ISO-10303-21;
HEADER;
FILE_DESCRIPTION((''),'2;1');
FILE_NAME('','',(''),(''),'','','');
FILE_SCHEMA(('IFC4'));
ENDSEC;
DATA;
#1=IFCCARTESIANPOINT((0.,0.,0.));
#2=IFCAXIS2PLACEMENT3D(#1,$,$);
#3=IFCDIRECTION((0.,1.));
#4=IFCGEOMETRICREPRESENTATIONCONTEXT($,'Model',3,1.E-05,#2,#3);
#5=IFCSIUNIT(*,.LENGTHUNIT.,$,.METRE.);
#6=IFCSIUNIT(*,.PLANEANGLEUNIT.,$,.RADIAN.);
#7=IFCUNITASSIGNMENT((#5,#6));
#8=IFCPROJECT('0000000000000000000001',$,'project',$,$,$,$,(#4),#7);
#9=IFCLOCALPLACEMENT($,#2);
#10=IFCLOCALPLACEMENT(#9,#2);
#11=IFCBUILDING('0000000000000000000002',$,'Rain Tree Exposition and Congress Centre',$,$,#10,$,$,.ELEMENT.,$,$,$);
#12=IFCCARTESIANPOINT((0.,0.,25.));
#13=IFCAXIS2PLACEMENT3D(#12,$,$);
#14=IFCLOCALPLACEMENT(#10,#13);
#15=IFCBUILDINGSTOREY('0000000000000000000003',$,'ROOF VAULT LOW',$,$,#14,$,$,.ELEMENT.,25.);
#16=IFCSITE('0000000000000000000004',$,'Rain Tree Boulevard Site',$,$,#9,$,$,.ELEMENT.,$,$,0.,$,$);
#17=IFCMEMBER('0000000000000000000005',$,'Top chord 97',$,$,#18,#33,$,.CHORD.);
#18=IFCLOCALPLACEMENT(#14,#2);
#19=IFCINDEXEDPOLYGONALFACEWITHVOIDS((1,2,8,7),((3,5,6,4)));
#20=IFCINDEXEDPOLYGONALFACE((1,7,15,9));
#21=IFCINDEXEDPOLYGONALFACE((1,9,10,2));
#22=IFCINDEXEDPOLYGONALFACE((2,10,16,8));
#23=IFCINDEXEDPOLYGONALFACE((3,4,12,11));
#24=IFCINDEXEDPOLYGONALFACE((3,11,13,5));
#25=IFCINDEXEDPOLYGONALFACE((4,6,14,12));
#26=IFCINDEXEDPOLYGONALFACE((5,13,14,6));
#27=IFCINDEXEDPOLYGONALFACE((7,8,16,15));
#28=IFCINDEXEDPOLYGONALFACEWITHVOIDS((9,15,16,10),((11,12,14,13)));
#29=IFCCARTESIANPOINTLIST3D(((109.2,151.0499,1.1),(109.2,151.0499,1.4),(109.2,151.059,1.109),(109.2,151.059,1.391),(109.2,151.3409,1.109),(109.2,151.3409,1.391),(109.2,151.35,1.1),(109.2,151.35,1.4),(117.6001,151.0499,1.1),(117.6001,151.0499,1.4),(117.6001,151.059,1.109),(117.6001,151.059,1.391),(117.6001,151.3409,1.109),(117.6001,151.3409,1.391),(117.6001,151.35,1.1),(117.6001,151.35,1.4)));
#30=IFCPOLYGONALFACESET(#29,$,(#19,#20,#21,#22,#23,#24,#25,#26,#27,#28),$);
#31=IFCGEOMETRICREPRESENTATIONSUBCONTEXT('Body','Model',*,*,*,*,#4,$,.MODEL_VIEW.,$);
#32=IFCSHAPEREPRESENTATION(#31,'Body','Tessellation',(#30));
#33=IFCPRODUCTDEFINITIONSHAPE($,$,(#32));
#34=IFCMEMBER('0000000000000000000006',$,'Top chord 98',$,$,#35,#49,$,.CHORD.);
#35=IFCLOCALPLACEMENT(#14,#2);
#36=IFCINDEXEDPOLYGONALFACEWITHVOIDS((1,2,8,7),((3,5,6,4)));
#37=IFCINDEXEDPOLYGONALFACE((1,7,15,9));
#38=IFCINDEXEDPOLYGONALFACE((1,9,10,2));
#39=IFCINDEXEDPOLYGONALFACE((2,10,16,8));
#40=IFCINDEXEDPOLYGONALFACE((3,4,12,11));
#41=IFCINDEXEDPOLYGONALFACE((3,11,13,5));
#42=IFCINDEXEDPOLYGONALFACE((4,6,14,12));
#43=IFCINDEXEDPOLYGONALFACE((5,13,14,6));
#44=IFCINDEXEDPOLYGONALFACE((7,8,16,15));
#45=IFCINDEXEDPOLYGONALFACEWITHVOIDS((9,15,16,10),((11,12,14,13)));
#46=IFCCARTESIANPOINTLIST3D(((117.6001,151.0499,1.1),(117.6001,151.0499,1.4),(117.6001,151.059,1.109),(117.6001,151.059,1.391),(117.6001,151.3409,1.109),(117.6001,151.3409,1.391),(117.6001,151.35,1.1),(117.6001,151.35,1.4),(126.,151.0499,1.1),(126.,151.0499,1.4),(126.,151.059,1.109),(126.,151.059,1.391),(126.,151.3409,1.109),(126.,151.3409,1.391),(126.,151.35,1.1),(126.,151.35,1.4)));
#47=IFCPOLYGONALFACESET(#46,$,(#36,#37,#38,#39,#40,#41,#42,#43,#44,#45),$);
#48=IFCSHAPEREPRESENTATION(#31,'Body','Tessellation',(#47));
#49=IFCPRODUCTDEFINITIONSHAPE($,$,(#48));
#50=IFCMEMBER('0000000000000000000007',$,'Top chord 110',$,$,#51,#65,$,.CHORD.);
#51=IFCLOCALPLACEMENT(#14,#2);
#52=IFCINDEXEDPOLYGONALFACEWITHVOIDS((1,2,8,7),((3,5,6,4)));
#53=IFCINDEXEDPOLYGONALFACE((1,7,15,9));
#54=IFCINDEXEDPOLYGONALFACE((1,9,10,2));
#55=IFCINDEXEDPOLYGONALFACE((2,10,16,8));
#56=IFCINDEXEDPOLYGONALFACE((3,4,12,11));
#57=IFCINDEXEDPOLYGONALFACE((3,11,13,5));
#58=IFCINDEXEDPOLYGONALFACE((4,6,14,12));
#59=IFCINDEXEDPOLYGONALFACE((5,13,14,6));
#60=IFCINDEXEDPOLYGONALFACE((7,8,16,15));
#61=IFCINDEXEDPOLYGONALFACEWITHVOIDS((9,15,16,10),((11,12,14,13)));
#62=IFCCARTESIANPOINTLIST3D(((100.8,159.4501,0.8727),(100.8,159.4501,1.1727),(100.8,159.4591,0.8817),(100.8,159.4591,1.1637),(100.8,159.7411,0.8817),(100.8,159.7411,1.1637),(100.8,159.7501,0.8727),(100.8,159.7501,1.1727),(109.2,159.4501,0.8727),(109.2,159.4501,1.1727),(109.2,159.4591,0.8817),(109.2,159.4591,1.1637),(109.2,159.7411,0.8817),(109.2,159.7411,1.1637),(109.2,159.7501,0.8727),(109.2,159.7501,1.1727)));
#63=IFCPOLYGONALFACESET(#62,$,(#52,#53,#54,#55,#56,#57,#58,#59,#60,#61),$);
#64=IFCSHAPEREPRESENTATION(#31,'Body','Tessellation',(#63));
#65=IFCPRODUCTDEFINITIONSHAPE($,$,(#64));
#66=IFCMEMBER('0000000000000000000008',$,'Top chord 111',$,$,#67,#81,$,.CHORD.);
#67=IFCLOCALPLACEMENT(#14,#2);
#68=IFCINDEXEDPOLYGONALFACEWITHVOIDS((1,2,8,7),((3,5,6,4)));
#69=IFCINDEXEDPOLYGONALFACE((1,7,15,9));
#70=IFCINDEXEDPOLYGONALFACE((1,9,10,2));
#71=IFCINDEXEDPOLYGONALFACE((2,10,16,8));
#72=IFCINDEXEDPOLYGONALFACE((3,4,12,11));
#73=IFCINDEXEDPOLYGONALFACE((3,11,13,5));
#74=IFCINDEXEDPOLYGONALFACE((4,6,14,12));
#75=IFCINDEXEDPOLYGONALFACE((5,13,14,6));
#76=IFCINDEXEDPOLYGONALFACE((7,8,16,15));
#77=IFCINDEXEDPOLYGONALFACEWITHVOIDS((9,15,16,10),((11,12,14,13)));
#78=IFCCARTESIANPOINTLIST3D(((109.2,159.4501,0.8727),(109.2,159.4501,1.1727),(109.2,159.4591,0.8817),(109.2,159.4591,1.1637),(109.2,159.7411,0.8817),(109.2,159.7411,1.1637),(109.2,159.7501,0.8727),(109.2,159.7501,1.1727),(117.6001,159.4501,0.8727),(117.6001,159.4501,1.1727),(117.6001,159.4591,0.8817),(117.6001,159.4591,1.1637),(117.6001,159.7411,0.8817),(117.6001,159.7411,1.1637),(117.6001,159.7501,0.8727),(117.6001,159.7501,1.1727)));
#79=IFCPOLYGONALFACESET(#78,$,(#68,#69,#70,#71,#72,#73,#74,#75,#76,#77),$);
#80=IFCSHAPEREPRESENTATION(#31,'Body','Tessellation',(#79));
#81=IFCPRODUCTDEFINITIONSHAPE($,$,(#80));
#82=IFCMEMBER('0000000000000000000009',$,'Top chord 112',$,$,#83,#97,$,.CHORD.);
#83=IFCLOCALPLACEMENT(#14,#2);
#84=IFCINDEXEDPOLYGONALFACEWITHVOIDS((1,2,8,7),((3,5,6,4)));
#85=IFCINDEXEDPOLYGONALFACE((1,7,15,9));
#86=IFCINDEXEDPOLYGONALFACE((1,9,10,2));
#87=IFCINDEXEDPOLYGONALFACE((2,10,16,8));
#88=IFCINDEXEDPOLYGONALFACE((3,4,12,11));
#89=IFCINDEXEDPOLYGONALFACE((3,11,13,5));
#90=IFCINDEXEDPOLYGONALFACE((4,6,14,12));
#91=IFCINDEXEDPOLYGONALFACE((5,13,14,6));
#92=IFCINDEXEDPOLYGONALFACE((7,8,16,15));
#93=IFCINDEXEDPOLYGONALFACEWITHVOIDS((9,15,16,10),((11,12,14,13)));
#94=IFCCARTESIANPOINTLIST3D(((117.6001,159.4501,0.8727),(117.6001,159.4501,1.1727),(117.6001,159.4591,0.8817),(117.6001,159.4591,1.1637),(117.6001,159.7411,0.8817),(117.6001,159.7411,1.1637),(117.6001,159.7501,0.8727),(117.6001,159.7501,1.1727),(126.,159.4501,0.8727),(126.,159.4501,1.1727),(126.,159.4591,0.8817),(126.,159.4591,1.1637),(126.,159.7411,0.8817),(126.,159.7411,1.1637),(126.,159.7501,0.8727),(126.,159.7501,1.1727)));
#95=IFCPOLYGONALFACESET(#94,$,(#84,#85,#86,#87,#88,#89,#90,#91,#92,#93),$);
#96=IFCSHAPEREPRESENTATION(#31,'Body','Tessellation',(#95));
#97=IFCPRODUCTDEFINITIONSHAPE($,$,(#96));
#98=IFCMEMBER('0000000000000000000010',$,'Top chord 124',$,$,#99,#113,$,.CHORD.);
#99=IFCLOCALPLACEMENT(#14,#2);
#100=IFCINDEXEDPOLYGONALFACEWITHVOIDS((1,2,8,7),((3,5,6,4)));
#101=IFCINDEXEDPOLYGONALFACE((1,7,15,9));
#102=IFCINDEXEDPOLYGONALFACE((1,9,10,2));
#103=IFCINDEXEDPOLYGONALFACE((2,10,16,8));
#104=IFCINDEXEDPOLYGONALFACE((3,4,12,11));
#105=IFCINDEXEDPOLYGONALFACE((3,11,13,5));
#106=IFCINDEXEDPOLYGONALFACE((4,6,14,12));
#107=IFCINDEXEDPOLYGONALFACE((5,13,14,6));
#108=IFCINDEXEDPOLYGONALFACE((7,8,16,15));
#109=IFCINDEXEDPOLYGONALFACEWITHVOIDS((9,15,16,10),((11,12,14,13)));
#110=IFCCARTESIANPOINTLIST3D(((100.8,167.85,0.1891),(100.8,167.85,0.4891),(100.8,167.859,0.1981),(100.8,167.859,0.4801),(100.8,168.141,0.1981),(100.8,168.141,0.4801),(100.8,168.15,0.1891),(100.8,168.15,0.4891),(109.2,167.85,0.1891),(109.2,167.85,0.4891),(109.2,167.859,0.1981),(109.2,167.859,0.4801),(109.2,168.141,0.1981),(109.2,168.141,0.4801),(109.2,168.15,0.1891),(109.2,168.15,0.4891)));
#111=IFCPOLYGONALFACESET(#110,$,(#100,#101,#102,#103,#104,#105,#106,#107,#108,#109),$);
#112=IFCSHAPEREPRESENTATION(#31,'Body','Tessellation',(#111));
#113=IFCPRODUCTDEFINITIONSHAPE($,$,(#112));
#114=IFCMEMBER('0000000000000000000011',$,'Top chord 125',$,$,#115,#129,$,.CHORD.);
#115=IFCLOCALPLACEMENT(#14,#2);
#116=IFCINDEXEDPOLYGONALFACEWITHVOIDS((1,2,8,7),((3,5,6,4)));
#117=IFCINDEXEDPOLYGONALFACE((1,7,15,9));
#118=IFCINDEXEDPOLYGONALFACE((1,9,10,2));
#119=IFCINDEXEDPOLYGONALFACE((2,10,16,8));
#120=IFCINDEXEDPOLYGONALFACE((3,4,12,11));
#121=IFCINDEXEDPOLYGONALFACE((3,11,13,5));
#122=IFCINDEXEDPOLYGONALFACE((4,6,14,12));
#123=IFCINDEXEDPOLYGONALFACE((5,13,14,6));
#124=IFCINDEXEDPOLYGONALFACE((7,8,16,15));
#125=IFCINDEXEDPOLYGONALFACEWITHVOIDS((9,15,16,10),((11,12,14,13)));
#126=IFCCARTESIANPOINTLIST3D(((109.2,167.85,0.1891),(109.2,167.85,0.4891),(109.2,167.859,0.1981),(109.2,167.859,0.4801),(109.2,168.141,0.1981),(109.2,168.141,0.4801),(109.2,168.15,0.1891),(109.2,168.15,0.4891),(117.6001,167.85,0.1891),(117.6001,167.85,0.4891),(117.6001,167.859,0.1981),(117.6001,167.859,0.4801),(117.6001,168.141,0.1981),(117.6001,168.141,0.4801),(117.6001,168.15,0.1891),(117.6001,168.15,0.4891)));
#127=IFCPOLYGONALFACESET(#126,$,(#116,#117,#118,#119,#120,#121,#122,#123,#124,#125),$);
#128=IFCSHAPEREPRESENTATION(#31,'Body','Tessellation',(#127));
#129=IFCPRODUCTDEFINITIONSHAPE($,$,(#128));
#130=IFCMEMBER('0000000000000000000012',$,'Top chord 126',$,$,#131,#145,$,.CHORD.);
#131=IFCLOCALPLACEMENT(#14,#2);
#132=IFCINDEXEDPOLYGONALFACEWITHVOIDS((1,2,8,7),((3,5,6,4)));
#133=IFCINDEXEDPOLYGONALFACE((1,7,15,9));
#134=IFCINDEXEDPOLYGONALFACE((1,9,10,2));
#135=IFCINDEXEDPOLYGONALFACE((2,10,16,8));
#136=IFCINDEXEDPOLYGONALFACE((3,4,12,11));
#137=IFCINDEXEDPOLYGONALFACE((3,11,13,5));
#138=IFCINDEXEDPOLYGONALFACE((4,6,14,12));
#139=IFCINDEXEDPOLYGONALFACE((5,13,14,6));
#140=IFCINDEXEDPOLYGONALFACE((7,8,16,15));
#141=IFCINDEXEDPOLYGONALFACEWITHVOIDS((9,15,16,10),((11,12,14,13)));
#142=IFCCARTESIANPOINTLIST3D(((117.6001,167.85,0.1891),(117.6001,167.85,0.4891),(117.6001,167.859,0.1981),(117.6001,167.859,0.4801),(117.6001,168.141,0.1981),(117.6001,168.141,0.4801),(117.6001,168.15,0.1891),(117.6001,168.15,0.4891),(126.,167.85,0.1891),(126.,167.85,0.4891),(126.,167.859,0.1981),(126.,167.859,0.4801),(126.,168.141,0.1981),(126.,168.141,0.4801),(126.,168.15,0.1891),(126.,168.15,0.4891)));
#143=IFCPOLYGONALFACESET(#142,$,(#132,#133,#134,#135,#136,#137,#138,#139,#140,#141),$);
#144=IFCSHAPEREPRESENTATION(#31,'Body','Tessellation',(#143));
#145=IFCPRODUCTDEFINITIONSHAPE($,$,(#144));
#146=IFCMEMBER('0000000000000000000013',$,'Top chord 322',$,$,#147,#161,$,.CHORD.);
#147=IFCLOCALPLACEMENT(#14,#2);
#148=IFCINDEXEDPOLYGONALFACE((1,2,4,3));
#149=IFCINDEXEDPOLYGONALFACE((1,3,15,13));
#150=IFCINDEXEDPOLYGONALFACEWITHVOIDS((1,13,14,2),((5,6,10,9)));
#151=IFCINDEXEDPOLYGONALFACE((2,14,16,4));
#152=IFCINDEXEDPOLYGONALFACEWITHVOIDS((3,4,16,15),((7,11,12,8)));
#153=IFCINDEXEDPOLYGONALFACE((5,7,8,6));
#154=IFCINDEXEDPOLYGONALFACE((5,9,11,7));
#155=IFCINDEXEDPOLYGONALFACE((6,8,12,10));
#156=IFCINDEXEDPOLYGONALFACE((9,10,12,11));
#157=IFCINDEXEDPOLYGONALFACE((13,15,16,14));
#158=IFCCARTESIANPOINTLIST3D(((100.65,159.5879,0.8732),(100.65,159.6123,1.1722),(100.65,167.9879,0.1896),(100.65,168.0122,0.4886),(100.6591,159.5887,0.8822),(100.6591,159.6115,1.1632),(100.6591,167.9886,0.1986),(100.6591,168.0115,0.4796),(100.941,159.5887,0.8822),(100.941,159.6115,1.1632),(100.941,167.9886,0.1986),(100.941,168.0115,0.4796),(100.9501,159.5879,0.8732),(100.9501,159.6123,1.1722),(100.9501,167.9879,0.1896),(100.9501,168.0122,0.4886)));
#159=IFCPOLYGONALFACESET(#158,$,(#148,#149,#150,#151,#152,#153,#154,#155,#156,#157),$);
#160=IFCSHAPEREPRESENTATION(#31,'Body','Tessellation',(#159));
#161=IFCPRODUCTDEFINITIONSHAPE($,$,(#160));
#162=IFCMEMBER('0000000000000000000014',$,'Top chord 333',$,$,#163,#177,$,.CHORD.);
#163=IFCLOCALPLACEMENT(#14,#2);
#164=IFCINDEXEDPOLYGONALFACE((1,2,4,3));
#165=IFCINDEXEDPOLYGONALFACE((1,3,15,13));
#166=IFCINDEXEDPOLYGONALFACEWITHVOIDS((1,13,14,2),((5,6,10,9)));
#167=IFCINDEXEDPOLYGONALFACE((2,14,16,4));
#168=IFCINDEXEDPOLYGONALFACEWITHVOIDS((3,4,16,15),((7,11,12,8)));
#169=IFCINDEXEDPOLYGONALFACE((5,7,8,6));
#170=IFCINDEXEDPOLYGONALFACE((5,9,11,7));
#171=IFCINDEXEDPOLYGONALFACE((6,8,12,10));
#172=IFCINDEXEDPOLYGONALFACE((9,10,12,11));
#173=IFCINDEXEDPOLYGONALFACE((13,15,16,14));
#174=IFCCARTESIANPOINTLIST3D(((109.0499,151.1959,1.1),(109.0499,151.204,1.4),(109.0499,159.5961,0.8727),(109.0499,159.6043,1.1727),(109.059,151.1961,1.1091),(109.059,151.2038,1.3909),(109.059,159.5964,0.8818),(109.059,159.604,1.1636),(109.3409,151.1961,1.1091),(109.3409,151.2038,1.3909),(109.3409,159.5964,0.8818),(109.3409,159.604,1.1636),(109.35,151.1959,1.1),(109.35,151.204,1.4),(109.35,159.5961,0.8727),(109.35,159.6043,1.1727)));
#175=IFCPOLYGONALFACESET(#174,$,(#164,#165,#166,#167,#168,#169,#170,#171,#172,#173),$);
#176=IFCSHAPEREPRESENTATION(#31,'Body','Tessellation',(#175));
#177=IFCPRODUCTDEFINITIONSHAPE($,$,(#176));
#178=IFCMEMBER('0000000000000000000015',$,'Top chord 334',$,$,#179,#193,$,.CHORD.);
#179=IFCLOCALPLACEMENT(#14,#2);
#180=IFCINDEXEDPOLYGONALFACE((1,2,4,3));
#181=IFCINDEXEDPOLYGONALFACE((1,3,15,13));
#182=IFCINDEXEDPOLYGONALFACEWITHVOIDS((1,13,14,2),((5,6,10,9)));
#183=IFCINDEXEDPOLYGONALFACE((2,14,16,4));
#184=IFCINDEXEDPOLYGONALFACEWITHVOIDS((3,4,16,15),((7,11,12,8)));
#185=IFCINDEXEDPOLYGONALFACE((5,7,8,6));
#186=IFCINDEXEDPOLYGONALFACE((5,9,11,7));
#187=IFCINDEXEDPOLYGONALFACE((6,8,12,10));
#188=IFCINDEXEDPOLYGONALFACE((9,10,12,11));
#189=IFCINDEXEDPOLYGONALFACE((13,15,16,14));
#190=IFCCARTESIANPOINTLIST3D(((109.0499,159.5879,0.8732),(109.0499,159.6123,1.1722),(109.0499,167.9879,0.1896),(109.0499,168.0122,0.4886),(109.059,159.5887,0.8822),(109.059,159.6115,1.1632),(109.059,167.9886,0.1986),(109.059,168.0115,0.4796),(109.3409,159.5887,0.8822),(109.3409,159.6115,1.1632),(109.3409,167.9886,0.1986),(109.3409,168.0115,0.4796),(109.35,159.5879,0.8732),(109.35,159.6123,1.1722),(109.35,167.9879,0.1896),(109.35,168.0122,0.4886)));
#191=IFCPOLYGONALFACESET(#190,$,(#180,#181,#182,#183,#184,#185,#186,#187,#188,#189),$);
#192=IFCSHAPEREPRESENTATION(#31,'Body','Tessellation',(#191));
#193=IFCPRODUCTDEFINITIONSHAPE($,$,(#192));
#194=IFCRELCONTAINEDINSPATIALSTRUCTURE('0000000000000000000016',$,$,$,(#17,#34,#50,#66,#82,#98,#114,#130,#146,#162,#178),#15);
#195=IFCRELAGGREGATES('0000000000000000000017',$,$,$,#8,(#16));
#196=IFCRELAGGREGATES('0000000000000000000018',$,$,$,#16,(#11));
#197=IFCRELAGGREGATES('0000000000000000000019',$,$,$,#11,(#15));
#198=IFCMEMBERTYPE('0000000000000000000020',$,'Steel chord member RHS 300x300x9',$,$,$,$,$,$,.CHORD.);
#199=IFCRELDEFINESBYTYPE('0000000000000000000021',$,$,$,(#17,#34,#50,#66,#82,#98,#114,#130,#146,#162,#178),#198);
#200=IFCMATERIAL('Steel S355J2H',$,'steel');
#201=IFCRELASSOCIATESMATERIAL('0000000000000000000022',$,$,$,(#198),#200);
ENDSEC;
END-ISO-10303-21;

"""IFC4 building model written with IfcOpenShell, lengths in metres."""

from ifc_helpers import new_model, si_unit, direction, frame, origin, origin_2d, place, context, subcontext, project, spatial, hollow_rectangle, extrude, material, material_profile, profile_set, type_object, element, save


model = new_model("IFC4")

# Units and contexts
model_context = context("Model", 3, precision=1e-05, world=origin(), true_north=direction((0.0, 1.0)))
body_context = subcontext(model_context, "Body", "Model", "MODEL_VIEW")
ifc_project = project(units=[si_unit("LENGTHUNIT", "METRE"), si_unit("PLANEANGLEUNIT", "RADIAN")], contexts=[model_context])

# Site, building, storey
site_placement = place(None, origin())
site = spatial("IfcSite", under=ifc_project, at=site_placement, Name="Rain Tree Boulevard Site", CompositionType="ELEMENT", RefElevation=0.0)
building_placement = place(site_placement, origin())
building = spatial("IfcBuilding", under=site, at=building_placement, Name="Rain Tree Exposition and Congress Centre", CompositionType="ELEMENT")
storey_placement = place(building_placement, frame((0.0, 0.0, 25.0)))
storey = spatial("IfcBuildingStorey", under=building, at=storey_placement, Name="ROOF VAULT LOW", CompositionType="ELEMENT", Elevation=25.0)

# Members
ifc_material_1 = material(Name="Steel S355J2H", Category="steel")
ifc_material_profile_1 = material_profile(ifc_material_1, hollow_rectangle(XDim=0.3, YDim=0.3, WallThickness=0.009, at=origin_2d()), Name="RHS 300x300x9")
ifc_profile_set_1 = profile_set([ifc_material_profile_1], Name="Steel S355J2H")
member_type = type_object("IfcMemberType", Name="Steel chord member RHS 300x300x9", PredefinedType="CHORD", material=ifc_profile_set_1)
member_1_placement = place(storey_placement, frame((109.2, 151.2, 1.25), z_axis=(1.0, 0.0, 0.0), x_axis=(0.0, 1.0, 0.0)))
element("IfcMember", 1, at=member_1_placement, inside=storey, type_object=member_type, Name="Top chord 97", PredefinedType="CHORD", context=body_context, shape_type="SweptSolid", body=[
    extrude(hollow_rectangle(XDim=0.3, YDim=0.3, WallThickness=0.009, at=origin_2d()), origin(), (0.0, 0.0, 1.0), 8.4001),
])
for number, where, z_axis, x_axis, name in (
    (2, (117.6001, 151.2, 1.25), (1.0, 0.0, 0.0), (0.0, 1.0, 0.0), "Top chord 98"),
    (3, (100.8, 159.6001, 1.0227), (1.0, 0.0, 0.0), (0.0, 1.0, 0.0), "Top chord 110"),
):
    element("IfcMember", number, at=place(storey_placement, frame(where, z_axis=z_axis, x_axis=x_axis)), inside=storey, type_object=member_type, Name=name, PredefinedType="CHORD", context=body_context, shape_type="SweptSolid", body=[
        extrude(hollow_rectangle(XDim=0.3, YDim=0.3, WallThickness=0.009, at=origin_2d()), origin(), (0.0, 0.0, 1.0), 8.3999),
    ])
member_2_placement = place(storey_placement, frame((109.2, 159.6001, 1.0227), z_axis=(1.0, 0.0, 0.0), x_axis=(0.0, 1.0, 0.0)))
element("IfcMember", 4, at=member_2_placement, inside=storey, type_object=member_type, Name="Top chord 111", PredefinedType="CHORD", context=body_context, shape_type="SweptSolid", body=[
    extrude(hollow_rectangle(XDim=0.3, YDim=0.3, WallThickness=0.009, at=origin_2d()), origin(), (0.0, 0.0, 1.0), 8.4001),
])
for number, where, z_axis, x_axis, name in (
    (5, (117.6001, 159.6001, 1.0227), (1.0, 0.0, 0.0), (0.0, 1.0, 0.0), "Top chord 112"),
    (6, (100.8, 168.0, 0.3391), (1.0, 0.0, 0.0), (0.0, 1.0, 0.0), "Top chord 124"),
):
    element("IfcMember", number, at=place(storey_placement, frame(where, z_axis=z_axis, x_axis=x_axis)), inside=storey, type_object=member_type, Name=name, PredefinedType="CHORD", context=body_context, shape_type="SweptSolid", body=[
        extrude(hollow_rectangle(XDim=0.3, YDim=0.3, WallThickness=0.009, at=origin_2d()), origin(), (0.0, 0.0, 1.0), 8.3999),
    ])
member_3_placement = place(storey_placement, frame((109.2, 168.0, 0.3391), z_axis=(1.0, 0.0, 0.0), x_axis=(0.0, 1.0, 0.0)))
element("IfcMember", 7, at=member_3_placement, inside=storey, type_object=member_type, Name="Top chord 125", PredefinedType="CHORD", context=body_context, shape_type="SweptSolid", body=[
    extrude(hollow_rectangle(XDim=0.3, YDim=0.3, WallThickness=0.009, at=origin_2d()), origin(), (0.0, 0.0, 1.0), 8.4001),
])
member_4_placement = place(storey_placement, frame((117.6001, 168.0, 0.3391), z_axis=(1.0, 0.0, 0.0), x_axis=(0.0, 1.0, 0.0)))
element("IfcMember", 8, at=member_4_placement, inside=storey, type_object=member_type, Name="Top chord 126", PredefinedType="CHORD", context=body_context, shape_type="SweptSolid", body=[
    extrude(hollow_rectangle(XDim=0.3, YDim=0.3, WallThickness=0.009, at=origin_2d()), origin(), (0.0, 0.0, 1.0), 8.3999),
])
member_5_placement = place(storey_placement, frame((100.8, 159.6001, 1.0227), z_axis=(0.0, 0.996705, -0.081113), x_axis=(-1.0, 0.0, 0.0)))
element("IfcMember", 9, at=member_5_placement, inside=storey, type_object=member_type, Name="Top chord 322", PredefinedType="CHORD", context=body_context, shape_type="SweptSolid", body=[
    extrude(hollow_rectangle(XDim=0.3, YDim=0.3, WallThickness=0.009, at=origin_2d()), origin(), (0.0, 0.0, 1.0), 8.4277),
])
member_6_placement = place(storey_placement, frame((109.2, 151.2, 1.25), z_axis=(0.0, 0.999634, -0.027049), x_axis=(-1.0, 0.0, 0.0)))
element("IfcMember", 10, at=member_6_placement, inside=storey, type_object=member_type, Name="Top chord 333", PredefinedType="CHORD", context=body_context, shape_type="SweptSolid", body=[
    extrude(hollow_rectangle(XDim=0.3, YDim=0.3, WallThickness=0.009, at=origin_2d()), origin(), (0.0, 0.0, 1.0), 8.4033),
])
member_7_placement = place(storey_placement, frame((109.2, 159.6001, 1.0227), z_axis=(0.0, 0.996705, -0.081113), x_axis=(-1.0, 0.0, 0.0)))
element("IfcMember", 11, at=member_7_placement, inside=storey, type_object=member_type, Name="Top chord 334", PredefinedType="CHORD", context=body_context, shape_type="SweptSolid", body=[
    extrude(hollow_rectangle(XDim=0.3, YDim=0.3, WallThickness=0.009, at=origin_2d()), origin(), (0.0, 0.0, 1.0), 8.4277),
])

save(model, "model.ifc")
